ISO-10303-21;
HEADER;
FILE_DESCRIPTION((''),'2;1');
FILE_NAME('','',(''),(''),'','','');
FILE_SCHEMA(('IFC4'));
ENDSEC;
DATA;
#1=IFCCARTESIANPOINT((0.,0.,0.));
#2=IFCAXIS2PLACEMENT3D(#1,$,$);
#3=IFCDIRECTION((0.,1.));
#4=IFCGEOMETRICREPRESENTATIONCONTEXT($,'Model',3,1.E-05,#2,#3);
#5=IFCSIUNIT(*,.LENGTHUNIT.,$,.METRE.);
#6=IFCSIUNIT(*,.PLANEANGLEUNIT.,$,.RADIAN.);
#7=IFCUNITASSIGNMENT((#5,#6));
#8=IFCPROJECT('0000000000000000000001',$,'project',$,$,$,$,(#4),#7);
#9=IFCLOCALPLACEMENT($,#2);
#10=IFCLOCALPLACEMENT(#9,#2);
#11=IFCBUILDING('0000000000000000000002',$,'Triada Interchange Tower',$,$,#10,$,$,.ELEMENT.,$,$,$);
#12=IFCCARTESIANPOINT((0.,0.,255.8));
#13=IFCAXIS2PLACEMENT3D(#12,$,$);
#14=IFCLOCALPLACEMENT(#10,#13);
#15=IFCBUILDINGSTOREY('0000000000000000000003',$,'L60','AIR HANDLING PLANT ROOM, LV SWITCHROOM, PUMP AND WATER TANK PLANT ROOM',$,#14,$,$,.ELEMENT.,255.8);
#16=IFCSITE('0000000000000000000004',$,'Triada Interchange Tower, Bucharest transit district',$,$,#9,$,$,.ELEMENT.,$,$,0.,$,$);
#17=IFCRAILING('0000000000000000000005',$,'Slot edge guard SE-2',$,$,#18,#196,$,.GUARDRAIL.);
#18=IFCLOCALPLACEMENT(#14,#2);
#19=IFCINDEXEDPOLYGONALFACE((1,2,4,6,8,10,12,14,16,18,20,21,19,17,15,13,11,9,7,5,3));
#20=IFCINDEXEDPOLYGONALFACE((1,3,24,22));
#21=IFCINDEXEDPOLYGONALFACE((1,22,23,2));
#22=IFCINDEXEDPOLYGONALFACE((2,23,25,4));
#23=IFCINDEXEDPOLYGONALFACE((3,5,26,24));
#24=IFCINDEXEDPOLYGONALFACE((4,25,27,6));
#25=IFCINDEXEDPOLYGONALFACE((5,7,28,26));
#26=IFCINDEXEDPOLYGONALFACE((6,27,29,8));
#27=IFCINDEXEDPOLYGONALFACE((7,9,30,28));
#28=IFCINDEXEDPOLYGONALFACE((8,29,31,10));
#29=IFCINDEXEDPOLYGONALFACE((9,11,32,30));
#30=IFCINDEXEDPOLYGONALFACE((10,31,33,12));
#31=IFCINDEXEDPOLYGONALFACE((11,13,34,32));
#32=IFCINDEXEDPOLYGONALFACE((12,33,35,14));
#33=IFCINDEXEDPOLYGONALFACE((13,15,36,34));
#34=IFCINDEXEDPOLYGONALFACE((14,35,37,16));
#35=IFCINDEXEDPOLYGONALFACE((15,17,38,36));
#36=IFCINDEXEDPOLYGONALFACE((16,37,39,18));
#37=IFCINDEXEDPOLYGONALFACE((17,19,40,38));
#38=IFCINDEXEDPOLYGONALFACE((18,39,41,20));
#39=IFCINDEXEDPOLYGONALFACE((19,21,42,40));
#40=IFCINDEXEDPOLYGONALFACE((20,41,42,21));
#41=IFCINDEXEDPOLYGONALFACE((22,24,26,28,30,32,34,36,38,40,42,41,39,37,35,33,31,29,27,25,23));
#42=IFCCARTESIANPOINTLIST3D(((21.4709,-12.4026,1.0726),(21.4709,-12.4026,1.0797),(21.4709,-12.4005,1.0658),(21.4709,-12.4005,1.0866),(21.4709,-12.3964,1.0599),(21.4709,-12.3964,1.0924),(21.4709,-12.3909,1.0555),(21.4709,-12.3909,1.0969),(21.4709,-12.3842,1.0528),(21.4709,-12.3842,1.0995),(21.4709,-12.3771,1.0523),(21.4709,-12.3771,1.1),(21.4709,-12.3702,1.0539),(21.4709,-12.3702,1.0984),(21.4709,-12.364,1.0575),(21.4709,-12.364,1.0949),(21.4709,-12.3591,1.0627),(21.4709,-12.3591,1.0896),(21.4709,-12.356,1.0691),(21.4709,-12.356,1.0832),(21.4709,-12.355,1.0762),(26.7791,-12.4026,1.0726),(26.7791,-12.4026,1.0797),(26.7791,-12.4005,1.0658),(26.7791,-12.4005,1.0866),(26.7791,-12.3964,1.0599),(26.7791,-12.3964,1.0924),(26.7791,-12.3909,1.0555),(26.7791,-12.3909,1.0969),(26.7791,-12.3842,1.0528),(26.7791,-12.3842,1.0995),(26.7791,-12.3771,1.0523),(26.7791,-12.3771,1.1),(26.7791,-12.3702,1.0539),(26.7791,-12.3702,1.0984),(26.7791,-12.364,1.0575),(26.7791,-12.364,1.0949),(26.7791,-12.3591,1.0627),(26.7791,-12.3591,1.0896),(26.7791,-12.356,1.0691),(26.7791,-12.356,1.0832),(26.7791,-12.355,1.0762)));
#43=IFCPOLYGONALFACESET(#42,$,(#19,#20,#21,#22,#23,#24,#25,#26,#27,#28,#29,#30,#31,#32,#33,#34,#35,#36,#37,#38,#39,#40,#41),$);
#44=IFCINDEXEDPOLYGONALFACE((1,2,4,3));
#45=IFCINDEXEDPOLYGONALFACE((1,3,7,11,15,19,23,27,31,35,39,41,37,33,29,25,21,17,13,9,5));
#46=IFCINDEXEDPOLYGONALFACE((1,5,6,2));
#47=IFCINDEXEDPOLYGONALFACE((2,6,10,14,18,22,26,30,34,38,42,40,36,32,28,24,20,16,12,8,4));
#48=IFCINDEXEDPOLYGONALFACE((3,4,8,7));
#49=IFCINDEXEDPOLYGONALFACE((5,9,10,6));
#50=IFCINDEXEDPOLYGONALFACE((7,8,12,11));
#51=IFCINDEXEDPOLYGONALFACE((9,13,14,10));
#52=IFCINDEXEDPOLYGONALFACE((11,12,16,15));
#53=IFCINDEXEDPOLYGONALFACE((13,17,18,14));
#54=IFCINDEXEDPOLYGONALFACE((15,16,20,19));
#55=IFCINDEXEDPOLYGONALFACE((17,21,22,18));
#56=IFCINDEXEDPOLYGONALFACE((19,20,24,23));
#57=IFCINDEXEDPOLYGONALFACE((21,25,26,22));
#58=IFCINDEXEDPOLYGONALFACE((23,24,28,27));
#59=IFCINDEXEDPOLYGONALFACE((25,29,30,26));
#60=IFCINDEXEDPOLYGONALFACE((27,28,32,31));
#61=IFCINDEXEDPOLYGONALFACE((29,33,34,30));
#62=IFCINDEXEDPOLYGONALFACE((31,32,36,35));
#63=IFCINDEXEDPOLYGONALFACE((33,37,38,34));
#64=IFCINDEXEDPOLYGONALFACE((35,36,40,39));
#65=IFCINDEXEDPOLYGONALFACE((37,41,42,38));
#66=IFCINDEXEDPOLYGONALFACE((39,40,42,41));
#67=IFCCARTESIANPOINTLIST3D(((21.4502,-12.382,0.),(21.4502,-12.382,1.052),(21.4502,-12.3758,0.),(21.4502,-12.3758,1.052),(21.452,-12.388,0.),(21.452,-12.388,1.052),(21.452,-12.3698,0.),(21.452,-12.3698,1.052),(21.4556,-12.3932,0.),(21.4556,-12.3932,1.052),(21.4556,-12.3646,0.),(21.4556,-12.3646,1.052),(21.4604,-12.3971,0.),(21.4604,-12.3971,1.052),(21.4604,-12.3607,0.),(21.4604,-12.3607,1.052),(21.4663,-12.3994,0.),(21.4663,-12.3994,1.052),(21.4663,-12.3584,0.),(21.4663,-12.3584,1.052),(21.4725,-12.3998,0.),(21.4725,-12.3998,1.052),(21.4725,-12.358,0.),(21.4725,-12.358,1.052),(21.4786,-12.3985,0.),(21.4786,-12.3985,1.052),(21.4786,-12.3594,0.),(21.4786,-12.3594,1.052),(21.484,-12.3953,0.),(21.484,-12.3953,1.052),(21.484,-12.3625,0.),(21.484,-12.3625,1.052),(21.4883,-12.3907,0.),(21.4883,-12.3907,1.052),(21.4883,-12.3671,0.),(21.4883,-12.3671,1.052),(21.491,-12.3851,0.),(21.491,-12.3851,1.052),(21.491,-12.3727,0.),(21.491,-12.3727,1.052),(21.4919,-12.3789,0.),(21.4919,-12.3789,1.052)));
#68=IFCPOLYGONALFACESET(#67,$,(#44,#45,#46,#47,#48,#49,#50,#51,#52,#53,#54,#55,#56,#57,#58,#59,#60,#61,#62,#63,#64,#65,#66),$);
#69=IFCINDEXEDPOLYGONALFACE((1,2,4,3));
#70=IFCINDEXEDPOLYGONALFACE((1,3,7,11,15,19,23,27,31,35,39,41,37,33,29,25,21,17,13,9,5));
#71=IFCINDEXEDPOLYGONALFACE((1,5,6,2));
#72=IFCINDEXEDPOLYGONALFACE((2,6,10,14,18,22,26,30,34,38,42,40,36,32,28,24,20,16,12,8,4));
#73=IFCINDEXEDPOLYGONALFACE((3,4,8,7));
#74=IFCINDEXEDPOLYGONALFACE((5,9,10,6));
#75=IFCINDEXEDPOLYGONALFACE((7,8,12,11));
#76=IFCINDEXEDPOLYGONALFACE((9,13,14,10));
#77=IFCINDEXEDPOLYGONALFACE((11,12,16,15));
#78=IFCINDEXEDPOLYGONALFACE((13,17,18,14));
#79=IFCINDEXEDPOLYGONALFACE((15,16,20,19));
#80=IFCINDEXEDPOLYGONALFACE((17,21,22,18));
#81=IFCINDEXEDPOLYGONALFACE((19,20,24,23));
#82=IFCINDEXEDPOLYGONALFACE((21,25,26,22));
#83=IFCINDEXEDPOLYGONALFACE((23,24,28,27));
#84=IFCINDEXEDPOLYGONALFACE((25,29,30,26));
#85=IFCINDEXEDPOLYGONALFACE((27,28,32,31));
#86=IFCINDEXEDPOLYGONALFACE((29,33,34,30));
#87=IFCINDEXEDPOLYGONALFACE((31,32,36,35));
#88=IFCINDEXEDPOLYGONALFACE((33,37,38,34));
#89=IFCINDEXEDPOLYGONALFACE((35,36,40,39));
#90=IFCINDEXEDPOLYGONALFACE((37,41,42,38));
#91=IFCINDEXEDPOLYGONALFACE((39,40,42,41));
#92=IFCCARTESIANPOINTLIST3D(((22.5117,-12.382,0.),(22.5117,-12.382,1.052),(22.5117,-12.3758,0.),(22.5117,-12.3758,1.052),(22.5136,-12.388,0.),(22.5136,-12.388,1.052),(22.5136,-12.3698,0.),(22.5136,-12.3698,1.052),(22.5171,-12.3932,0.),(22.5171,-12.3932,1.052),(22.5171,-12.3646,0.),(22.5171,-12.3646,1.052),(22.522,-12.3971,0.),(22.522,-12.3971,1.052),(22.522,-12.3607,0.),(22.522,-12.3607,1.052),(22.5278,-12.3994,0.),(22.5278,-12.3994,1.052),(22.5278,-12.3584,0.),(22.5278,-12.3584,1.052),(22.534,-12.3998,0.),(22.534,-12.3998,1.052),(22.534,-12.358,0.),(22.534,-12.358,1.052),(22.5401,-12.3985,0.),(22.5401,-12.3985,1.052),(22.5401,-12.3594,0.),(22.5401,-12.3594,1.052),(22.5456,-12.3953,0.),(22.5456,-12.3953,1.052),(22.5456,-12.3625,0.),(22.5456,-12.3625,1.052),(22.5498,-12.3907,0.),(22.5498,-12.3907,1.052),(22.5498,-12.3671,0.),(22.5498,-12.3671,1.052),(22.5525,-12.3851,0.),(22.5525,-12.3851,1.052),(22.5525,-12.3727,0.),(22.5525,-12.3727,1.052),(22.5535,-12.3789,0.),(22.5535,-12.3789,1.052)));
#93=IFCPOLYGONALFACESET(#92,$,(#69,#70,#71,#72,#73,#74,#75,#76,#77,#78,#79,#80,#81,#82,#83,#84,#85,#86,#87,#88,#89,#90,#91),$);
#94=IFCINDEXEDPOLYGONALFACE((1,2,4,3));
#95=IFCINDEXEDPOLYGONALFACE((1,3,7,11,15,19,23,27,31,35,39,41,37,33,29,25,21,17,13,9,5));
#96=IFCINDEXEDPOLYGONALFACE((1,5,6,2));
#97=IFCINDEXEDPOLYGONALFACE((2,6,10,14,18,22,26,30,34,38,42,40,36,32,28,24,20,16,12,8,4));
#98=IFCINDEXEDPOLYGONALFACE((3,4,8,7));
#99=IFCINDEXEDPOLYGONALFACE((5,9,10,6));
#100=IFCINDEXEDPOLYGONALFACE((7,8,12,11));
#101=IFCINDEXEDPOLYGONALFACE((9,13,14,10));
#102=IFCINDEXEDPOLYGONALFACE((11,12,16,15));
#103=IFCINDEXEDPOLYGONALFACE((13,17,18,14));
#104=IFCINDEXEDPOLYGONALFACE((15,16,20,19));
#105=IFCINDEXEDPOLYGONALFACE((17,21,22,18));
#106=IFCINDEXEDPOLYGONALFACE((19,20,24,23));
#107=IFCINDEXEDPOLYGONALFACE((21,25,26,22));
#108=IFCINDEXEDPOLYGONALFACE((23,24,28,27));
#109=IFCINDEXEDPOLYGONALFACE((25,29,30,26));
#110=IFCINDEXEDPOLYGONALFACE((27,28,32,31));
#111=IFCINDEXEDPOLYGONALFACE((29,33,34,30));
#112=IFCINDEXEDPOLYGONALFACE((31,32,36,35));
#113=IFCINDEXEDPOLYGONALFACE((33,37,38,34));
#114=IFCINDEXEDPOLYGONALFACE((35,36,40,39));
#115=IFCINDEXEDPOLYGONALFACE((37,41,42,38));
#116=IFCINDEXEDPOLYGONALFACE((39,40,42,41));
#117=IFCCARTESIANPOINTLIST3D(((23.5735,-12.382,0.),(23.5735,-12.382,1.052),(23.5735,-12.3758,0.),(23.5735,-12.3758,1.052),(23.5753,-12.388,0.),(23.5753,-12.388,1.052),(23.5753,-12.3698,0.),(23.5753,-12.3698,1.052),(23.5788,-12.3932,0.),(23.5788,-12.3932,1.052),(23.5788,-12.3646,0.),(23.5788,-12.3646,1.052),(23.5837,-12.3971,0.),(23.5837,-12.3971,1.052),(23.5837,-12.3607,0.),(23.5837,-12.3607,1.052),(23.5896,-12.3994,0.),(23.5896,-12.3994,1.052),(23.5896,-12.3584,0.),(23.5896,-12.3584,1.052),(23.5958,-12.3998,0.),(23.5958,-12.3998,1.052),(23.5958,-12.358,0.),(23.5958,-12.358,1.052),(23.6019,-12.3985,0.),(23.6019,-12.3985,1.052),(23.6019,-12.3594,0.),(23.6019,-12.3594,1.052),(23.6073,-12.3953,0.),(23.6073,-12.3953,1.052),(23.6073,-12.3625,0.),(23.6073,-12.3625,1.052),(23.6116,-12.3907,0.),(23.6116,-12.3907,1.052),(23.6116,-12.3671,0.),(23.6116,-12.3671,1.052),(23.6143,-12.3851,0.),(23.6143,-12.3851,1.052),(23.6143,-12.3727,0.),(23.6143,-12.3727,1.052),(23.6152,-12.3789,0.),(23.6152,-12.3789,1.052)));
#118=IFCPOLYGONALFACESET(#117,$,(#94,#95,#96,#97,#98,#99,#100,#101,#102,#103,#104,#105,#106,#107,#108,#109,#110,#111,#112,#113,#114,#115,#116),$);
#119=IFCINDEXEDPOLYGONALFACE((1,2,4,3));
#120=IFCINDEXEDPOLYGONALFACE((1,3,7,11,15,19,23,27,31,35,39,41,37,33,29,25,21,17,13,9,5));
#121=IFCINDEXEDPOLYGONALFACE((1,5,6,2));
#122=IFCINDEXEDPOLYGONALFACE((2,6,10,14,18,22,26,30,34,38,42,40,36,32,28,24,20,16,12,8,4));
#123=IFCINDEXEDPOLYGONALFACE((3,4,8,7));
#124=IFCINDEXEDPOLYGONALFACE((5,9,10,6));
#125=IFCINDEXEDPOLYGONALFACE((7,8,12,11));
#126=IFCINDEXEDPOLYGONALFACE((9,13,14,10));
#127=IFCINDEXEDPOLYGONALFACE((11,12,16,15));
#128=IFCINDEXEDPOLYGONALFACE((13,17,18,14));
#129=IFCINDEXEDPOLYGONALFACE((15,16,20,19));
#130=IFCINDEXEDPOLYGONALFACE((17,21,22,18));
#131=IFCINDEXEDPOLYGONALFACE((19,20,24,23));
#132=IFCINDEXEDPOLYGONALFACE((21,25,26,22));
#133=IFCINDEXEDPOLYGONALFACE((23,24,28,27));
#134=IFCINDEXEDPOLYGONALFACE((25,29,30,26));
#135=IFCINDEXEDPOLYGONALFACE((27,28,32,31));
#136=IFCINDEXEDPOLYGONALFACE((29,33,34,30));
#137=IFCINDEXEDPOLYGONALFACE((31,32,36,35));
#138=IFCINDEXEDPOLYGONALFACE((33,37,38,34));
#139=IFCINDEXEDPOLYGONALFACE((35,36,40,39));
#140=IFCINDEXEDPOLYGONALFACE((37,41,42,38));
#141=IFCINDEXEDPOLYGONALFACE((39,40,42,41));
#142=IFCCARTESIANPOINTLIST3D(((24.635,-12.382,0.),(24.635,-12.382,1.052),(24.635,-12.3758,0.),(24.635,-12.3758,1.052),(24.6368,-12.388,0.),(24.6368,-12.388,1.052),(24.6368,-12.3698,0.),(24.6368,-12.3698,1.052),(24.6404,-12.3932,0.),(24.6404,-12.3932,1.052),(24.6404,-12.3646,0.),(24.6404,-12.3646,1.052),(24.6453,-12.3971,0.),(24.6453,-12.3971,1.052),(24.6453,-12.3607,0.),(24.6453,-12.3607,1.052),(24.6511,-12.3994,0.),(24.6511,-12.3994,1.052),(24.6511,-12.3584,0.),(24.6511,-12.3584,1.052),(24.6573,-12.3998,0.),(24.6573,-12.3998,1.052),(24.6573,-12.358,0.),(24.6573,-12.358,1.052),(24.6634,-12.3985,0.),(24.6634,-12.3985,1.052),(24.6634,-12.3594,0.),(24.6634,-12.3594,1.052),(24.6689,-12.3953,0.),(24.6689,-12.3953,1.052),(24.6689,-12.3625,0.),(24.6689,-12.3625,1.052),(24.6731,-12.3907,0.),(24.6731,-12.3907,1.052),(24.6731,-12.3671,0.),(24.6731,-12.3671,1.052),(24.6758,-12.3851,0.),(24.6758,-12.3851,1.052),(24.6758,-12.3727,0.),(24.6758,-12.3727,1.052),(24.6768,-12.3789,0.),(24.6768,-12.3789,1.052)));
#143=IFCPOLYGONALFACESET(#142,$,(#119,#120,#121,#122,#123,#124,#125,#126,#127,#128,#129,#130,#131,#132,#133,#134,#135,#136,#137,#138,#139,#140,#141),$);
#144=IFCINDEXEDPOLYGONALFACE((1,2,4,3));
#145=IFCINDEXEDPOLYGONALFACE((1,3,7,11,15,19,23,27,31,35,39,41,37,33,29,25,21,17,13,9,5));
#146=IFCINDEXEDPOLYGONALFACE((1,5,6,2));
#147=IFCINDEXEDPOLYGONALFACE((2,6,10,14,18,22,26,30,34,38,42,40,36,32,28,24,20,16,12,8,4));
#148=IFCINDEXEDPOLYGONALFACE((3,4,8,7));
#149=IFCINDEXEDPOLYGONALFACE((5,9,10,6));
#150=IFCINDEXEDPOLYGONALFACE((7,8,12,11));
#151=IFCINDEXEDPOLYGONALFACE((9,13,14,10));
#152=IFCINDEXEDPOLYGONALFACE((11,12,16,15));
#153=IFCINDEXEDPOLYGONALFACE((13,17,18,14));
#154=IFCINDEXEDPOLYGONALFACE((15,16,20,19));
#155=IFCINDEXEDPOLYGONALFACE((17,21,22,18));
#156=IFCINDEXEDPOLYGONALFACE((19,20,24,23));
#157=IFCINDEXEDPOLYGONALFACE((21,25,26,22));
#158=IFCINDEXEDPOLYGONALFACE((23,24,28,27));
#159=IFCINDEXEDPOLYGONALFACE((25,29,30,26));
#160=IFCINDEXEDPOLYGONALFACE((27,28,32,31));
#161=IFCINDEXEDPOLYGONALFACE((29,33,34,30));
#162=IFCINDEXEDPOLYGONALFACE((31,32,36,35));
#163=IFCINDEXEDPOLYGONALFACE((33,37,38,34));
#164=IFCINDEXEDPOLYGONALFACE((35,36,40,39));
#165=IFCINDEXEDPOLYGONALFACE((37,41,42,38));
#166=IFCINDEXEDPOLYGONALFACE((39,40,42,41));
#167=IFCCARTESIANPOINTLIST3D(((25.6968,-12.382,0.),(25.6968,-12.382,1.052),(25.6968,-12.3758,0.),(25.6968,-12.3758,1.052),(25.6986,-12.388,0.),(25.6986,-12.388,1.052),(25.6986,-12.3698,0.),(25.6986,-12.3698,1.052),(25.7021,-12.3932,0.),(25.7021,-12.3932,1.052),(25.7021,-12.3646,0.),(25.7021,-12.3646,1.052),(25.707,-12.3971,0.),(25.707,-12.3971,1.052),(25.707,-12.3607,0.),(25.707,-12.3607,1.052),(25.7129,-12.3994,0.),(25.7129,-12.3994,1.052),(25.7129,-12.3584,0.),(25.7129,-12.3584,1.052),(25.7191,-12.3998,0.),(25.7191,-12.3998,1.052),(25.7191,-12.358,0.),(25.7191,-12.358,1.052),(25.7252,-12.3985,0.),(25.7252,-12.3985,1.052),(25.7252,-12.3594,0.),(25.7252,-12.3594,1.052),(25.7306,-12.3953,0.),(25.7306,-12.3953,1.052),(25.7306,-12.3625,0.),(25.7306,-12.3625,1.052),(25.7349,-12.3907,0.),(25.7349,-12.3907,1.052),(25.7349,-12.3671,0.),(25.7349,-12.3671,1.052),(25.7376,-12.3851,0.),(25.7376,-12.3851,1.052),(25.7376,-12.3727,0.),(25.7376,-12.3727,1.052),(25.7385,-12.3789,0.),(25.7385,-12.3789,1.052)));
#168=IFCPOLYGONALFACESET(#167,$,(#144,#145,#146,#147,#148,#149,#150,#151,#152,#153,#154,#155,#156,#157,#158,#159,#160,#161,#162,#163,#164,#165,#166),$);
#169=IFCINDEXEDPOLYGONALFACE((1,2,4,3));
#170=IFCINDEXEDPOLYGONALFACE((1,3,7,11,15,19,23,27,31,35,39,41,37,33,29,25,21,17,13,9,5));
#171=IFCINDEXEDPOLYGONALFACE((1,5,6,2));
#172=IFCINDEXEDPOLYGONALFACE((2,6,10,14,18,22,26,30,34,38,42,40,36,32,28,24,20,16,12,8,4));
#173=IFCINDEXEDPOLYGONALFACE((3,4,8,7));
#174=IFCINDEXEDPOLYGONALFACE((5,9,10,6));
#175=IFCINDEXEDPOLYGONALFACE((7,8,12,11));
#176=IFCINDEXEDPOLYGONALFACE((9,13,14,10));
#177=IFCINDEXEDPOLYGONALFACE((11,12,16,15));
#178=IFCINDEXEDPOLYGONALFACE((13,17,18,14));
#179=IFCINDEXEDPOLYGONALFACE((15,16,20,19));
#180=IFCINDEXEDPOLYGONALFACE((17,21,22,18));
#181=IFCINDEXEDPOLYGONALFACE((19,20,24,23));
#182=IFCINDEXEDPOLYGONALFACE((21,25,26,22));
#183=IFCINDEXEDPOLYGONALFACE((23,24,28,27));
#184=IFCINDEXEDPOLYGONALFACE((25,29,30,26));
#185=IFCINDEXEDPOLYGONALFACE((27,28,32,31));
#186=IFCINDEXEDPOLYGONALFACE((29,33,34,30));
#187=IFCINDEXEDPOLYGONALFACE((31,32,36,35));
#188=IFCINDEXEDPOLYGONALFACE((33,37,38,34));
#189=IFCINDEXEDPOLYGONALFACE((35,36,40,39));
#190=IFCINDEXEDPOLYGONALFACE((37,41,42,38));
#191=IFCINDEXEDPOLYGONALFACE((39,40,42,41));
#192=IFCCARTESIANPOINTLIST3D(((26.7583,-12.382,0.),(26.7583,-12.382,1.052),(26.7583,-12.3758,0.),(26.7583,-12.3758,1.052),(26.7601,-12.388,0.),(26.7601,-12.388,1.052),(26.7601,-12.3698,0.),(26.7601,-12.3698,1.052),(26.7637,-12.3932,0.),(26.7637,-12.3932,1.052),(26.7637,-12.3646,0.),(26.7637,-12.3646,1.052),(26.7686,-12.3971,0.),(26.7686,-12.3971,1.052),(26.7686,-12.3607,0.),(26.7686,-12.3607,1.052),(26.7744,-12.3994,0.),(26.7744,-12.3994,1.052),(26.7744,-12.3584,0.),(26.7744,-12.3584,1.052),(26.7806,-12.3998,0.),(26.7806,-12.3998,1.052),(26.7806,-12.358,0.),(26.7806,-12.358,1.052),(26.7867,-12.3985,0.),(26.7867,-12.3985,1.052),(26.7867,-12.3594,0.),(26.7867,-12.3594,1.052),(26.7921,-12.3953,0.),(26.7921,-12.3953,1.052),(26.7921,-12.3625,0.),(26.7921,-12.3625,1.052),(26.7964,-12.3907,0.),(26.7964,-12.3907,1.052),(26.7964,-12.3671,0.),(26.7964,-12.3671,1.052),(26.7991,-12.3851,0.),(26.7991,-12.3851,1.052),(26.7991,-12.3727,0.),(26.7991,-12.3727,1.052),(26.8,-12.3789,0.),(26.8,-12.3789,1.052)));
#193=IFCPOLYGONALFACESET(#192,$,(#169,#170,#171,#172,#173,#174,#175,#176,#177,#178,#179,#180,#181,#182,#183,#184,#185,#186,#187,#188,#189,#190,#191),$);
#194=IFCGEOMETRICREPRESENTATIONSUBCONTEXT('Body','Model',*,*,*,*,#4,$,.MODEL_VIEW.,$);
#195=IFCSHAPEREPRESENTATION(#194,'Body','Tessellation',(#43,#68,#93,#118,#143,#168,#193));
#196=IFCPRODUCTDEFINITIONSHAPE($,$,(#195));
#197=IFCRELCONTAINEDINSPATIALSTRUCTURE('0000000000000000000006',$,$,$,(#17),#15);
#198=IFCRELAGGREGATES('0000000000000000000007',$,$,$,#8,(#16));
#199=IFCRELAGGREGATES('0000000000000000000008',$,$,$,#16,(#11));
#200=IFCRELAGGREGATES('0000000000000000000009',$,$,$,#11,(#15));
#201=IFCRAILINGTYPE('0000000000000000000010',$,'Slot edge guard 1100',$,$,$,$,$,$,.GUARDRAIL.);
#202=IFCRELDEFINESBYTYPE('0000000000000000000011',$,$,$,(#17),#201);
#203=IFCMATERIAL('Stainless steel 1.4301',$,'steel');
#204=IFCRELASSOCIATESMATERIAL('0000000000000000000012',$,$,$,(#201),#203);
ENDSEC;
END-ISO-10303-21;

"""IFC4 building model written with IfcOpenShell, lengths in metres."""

from ifc_helpers import new_model, si_unit, direction, frame, origin, origin_2d, place, context, subcontext, project, spatial, circle, extrude, material, type_object, element, save


model = new_model("IFC4")

# Units and contexts
model_context = context("Model", 3, precision=1e-05, world=origin(), true_north=direction((0.0, 1.0)))
body_context = subcontext(model_context, "Body", "Model", "MODEL_VIEW")
ifc_project = project(units=[si_unit("LENGTHUNIT", "METRE"), si_unit("PLANEANGLEUNIT", "RADIAN")], contexts=[model_context])

# Site, building, storey
site_placement = place(None, origin())
site = spatial("IfcSite", under=ifc_project, at=site_placement, Name="Triada Interchange Tower, Bucharest transit district", CompositionType="ELEMENT", RefElevation=0.0)
building_placement = place(site_placement, origin())
building = spatial("IfcBuilding", under=site, at=building_placement, Name="Triada Interchange Tower", CompositionType="ELEMENT")
storey_placement = place(building_placement, frame((0.0, 0.0, 255.8)))
storey = spatial("IfcBuildingStorey", under=building, at=storey_placement, Name="L60", Description="AIR HANDLING PLANT ROOM, LV SWITCHROOM, PUMP AND WATER TANK PLANT ROOM", CompositionType="ELEMENT", Elevation=255.8)

# Railing
ifc_material_1 = material(Name="Stainless steel 1.4301", Category="steel")
railing_type = type_object("IfcRailingType", Name="Slot edge guard 1100", PredefinedType="GUARDRAIL", material=ifc_material_1)
railing_1_placement = place(storey_placement, frame((21.4709, -12.3789, 0.0)))
element("IfcRailing", 1, at=railing_1_placement, inside=storey, type_object=railing_type, Name="Slot edge guard SE-2", PredefinedType="GUARDRAIL", context=body_context, shape_type="SweptSolid", body=[
    extrude(circle(Radius=0.0239, at=origin_2d()), frame((0.0, 0.0, 1.0762), z_axis=(1.0, 0.0, 0.0), x_axis=(0.0, 1.0, 0.0)), (0.0, 0.0, 1.0), 5.3081),
    extrude(circle(Radius=0.021, at=origin_2d()), origin(), (0.0, 0.0, 1.0), 1.052),
    extrude(circle(Radius=0.021, at=origin_2d()), frame((1.0615, 0.0, 0.0)), (0.0, 0.0, 1.0), 1.052),
    extrude(circle(Radius=0.021, at=origin_2d()), frame((2.1233, 0.0, 0.0)), (0.0, 0.0, 1.0), 1.052),
    extrude(circle(Radius=0.021, at=origin_2d()), frame((3.1848, 0.0, 0.0)), (0.0, 0.0, 1.0), 1.052),
    extrude(circle(Radius=0.021, at=origin_2d()), frame((4.2466, 0.0, 0.0)), (0.0, 0.0, 1.0), 1.052),
    extrude(circle(Radius=0.021, at=origin_2d()), frame((5.3081, 0.0, 0.0)), (0.0, 0.0, 1.0), 1.052),
])

save(model, "model.ifc")
